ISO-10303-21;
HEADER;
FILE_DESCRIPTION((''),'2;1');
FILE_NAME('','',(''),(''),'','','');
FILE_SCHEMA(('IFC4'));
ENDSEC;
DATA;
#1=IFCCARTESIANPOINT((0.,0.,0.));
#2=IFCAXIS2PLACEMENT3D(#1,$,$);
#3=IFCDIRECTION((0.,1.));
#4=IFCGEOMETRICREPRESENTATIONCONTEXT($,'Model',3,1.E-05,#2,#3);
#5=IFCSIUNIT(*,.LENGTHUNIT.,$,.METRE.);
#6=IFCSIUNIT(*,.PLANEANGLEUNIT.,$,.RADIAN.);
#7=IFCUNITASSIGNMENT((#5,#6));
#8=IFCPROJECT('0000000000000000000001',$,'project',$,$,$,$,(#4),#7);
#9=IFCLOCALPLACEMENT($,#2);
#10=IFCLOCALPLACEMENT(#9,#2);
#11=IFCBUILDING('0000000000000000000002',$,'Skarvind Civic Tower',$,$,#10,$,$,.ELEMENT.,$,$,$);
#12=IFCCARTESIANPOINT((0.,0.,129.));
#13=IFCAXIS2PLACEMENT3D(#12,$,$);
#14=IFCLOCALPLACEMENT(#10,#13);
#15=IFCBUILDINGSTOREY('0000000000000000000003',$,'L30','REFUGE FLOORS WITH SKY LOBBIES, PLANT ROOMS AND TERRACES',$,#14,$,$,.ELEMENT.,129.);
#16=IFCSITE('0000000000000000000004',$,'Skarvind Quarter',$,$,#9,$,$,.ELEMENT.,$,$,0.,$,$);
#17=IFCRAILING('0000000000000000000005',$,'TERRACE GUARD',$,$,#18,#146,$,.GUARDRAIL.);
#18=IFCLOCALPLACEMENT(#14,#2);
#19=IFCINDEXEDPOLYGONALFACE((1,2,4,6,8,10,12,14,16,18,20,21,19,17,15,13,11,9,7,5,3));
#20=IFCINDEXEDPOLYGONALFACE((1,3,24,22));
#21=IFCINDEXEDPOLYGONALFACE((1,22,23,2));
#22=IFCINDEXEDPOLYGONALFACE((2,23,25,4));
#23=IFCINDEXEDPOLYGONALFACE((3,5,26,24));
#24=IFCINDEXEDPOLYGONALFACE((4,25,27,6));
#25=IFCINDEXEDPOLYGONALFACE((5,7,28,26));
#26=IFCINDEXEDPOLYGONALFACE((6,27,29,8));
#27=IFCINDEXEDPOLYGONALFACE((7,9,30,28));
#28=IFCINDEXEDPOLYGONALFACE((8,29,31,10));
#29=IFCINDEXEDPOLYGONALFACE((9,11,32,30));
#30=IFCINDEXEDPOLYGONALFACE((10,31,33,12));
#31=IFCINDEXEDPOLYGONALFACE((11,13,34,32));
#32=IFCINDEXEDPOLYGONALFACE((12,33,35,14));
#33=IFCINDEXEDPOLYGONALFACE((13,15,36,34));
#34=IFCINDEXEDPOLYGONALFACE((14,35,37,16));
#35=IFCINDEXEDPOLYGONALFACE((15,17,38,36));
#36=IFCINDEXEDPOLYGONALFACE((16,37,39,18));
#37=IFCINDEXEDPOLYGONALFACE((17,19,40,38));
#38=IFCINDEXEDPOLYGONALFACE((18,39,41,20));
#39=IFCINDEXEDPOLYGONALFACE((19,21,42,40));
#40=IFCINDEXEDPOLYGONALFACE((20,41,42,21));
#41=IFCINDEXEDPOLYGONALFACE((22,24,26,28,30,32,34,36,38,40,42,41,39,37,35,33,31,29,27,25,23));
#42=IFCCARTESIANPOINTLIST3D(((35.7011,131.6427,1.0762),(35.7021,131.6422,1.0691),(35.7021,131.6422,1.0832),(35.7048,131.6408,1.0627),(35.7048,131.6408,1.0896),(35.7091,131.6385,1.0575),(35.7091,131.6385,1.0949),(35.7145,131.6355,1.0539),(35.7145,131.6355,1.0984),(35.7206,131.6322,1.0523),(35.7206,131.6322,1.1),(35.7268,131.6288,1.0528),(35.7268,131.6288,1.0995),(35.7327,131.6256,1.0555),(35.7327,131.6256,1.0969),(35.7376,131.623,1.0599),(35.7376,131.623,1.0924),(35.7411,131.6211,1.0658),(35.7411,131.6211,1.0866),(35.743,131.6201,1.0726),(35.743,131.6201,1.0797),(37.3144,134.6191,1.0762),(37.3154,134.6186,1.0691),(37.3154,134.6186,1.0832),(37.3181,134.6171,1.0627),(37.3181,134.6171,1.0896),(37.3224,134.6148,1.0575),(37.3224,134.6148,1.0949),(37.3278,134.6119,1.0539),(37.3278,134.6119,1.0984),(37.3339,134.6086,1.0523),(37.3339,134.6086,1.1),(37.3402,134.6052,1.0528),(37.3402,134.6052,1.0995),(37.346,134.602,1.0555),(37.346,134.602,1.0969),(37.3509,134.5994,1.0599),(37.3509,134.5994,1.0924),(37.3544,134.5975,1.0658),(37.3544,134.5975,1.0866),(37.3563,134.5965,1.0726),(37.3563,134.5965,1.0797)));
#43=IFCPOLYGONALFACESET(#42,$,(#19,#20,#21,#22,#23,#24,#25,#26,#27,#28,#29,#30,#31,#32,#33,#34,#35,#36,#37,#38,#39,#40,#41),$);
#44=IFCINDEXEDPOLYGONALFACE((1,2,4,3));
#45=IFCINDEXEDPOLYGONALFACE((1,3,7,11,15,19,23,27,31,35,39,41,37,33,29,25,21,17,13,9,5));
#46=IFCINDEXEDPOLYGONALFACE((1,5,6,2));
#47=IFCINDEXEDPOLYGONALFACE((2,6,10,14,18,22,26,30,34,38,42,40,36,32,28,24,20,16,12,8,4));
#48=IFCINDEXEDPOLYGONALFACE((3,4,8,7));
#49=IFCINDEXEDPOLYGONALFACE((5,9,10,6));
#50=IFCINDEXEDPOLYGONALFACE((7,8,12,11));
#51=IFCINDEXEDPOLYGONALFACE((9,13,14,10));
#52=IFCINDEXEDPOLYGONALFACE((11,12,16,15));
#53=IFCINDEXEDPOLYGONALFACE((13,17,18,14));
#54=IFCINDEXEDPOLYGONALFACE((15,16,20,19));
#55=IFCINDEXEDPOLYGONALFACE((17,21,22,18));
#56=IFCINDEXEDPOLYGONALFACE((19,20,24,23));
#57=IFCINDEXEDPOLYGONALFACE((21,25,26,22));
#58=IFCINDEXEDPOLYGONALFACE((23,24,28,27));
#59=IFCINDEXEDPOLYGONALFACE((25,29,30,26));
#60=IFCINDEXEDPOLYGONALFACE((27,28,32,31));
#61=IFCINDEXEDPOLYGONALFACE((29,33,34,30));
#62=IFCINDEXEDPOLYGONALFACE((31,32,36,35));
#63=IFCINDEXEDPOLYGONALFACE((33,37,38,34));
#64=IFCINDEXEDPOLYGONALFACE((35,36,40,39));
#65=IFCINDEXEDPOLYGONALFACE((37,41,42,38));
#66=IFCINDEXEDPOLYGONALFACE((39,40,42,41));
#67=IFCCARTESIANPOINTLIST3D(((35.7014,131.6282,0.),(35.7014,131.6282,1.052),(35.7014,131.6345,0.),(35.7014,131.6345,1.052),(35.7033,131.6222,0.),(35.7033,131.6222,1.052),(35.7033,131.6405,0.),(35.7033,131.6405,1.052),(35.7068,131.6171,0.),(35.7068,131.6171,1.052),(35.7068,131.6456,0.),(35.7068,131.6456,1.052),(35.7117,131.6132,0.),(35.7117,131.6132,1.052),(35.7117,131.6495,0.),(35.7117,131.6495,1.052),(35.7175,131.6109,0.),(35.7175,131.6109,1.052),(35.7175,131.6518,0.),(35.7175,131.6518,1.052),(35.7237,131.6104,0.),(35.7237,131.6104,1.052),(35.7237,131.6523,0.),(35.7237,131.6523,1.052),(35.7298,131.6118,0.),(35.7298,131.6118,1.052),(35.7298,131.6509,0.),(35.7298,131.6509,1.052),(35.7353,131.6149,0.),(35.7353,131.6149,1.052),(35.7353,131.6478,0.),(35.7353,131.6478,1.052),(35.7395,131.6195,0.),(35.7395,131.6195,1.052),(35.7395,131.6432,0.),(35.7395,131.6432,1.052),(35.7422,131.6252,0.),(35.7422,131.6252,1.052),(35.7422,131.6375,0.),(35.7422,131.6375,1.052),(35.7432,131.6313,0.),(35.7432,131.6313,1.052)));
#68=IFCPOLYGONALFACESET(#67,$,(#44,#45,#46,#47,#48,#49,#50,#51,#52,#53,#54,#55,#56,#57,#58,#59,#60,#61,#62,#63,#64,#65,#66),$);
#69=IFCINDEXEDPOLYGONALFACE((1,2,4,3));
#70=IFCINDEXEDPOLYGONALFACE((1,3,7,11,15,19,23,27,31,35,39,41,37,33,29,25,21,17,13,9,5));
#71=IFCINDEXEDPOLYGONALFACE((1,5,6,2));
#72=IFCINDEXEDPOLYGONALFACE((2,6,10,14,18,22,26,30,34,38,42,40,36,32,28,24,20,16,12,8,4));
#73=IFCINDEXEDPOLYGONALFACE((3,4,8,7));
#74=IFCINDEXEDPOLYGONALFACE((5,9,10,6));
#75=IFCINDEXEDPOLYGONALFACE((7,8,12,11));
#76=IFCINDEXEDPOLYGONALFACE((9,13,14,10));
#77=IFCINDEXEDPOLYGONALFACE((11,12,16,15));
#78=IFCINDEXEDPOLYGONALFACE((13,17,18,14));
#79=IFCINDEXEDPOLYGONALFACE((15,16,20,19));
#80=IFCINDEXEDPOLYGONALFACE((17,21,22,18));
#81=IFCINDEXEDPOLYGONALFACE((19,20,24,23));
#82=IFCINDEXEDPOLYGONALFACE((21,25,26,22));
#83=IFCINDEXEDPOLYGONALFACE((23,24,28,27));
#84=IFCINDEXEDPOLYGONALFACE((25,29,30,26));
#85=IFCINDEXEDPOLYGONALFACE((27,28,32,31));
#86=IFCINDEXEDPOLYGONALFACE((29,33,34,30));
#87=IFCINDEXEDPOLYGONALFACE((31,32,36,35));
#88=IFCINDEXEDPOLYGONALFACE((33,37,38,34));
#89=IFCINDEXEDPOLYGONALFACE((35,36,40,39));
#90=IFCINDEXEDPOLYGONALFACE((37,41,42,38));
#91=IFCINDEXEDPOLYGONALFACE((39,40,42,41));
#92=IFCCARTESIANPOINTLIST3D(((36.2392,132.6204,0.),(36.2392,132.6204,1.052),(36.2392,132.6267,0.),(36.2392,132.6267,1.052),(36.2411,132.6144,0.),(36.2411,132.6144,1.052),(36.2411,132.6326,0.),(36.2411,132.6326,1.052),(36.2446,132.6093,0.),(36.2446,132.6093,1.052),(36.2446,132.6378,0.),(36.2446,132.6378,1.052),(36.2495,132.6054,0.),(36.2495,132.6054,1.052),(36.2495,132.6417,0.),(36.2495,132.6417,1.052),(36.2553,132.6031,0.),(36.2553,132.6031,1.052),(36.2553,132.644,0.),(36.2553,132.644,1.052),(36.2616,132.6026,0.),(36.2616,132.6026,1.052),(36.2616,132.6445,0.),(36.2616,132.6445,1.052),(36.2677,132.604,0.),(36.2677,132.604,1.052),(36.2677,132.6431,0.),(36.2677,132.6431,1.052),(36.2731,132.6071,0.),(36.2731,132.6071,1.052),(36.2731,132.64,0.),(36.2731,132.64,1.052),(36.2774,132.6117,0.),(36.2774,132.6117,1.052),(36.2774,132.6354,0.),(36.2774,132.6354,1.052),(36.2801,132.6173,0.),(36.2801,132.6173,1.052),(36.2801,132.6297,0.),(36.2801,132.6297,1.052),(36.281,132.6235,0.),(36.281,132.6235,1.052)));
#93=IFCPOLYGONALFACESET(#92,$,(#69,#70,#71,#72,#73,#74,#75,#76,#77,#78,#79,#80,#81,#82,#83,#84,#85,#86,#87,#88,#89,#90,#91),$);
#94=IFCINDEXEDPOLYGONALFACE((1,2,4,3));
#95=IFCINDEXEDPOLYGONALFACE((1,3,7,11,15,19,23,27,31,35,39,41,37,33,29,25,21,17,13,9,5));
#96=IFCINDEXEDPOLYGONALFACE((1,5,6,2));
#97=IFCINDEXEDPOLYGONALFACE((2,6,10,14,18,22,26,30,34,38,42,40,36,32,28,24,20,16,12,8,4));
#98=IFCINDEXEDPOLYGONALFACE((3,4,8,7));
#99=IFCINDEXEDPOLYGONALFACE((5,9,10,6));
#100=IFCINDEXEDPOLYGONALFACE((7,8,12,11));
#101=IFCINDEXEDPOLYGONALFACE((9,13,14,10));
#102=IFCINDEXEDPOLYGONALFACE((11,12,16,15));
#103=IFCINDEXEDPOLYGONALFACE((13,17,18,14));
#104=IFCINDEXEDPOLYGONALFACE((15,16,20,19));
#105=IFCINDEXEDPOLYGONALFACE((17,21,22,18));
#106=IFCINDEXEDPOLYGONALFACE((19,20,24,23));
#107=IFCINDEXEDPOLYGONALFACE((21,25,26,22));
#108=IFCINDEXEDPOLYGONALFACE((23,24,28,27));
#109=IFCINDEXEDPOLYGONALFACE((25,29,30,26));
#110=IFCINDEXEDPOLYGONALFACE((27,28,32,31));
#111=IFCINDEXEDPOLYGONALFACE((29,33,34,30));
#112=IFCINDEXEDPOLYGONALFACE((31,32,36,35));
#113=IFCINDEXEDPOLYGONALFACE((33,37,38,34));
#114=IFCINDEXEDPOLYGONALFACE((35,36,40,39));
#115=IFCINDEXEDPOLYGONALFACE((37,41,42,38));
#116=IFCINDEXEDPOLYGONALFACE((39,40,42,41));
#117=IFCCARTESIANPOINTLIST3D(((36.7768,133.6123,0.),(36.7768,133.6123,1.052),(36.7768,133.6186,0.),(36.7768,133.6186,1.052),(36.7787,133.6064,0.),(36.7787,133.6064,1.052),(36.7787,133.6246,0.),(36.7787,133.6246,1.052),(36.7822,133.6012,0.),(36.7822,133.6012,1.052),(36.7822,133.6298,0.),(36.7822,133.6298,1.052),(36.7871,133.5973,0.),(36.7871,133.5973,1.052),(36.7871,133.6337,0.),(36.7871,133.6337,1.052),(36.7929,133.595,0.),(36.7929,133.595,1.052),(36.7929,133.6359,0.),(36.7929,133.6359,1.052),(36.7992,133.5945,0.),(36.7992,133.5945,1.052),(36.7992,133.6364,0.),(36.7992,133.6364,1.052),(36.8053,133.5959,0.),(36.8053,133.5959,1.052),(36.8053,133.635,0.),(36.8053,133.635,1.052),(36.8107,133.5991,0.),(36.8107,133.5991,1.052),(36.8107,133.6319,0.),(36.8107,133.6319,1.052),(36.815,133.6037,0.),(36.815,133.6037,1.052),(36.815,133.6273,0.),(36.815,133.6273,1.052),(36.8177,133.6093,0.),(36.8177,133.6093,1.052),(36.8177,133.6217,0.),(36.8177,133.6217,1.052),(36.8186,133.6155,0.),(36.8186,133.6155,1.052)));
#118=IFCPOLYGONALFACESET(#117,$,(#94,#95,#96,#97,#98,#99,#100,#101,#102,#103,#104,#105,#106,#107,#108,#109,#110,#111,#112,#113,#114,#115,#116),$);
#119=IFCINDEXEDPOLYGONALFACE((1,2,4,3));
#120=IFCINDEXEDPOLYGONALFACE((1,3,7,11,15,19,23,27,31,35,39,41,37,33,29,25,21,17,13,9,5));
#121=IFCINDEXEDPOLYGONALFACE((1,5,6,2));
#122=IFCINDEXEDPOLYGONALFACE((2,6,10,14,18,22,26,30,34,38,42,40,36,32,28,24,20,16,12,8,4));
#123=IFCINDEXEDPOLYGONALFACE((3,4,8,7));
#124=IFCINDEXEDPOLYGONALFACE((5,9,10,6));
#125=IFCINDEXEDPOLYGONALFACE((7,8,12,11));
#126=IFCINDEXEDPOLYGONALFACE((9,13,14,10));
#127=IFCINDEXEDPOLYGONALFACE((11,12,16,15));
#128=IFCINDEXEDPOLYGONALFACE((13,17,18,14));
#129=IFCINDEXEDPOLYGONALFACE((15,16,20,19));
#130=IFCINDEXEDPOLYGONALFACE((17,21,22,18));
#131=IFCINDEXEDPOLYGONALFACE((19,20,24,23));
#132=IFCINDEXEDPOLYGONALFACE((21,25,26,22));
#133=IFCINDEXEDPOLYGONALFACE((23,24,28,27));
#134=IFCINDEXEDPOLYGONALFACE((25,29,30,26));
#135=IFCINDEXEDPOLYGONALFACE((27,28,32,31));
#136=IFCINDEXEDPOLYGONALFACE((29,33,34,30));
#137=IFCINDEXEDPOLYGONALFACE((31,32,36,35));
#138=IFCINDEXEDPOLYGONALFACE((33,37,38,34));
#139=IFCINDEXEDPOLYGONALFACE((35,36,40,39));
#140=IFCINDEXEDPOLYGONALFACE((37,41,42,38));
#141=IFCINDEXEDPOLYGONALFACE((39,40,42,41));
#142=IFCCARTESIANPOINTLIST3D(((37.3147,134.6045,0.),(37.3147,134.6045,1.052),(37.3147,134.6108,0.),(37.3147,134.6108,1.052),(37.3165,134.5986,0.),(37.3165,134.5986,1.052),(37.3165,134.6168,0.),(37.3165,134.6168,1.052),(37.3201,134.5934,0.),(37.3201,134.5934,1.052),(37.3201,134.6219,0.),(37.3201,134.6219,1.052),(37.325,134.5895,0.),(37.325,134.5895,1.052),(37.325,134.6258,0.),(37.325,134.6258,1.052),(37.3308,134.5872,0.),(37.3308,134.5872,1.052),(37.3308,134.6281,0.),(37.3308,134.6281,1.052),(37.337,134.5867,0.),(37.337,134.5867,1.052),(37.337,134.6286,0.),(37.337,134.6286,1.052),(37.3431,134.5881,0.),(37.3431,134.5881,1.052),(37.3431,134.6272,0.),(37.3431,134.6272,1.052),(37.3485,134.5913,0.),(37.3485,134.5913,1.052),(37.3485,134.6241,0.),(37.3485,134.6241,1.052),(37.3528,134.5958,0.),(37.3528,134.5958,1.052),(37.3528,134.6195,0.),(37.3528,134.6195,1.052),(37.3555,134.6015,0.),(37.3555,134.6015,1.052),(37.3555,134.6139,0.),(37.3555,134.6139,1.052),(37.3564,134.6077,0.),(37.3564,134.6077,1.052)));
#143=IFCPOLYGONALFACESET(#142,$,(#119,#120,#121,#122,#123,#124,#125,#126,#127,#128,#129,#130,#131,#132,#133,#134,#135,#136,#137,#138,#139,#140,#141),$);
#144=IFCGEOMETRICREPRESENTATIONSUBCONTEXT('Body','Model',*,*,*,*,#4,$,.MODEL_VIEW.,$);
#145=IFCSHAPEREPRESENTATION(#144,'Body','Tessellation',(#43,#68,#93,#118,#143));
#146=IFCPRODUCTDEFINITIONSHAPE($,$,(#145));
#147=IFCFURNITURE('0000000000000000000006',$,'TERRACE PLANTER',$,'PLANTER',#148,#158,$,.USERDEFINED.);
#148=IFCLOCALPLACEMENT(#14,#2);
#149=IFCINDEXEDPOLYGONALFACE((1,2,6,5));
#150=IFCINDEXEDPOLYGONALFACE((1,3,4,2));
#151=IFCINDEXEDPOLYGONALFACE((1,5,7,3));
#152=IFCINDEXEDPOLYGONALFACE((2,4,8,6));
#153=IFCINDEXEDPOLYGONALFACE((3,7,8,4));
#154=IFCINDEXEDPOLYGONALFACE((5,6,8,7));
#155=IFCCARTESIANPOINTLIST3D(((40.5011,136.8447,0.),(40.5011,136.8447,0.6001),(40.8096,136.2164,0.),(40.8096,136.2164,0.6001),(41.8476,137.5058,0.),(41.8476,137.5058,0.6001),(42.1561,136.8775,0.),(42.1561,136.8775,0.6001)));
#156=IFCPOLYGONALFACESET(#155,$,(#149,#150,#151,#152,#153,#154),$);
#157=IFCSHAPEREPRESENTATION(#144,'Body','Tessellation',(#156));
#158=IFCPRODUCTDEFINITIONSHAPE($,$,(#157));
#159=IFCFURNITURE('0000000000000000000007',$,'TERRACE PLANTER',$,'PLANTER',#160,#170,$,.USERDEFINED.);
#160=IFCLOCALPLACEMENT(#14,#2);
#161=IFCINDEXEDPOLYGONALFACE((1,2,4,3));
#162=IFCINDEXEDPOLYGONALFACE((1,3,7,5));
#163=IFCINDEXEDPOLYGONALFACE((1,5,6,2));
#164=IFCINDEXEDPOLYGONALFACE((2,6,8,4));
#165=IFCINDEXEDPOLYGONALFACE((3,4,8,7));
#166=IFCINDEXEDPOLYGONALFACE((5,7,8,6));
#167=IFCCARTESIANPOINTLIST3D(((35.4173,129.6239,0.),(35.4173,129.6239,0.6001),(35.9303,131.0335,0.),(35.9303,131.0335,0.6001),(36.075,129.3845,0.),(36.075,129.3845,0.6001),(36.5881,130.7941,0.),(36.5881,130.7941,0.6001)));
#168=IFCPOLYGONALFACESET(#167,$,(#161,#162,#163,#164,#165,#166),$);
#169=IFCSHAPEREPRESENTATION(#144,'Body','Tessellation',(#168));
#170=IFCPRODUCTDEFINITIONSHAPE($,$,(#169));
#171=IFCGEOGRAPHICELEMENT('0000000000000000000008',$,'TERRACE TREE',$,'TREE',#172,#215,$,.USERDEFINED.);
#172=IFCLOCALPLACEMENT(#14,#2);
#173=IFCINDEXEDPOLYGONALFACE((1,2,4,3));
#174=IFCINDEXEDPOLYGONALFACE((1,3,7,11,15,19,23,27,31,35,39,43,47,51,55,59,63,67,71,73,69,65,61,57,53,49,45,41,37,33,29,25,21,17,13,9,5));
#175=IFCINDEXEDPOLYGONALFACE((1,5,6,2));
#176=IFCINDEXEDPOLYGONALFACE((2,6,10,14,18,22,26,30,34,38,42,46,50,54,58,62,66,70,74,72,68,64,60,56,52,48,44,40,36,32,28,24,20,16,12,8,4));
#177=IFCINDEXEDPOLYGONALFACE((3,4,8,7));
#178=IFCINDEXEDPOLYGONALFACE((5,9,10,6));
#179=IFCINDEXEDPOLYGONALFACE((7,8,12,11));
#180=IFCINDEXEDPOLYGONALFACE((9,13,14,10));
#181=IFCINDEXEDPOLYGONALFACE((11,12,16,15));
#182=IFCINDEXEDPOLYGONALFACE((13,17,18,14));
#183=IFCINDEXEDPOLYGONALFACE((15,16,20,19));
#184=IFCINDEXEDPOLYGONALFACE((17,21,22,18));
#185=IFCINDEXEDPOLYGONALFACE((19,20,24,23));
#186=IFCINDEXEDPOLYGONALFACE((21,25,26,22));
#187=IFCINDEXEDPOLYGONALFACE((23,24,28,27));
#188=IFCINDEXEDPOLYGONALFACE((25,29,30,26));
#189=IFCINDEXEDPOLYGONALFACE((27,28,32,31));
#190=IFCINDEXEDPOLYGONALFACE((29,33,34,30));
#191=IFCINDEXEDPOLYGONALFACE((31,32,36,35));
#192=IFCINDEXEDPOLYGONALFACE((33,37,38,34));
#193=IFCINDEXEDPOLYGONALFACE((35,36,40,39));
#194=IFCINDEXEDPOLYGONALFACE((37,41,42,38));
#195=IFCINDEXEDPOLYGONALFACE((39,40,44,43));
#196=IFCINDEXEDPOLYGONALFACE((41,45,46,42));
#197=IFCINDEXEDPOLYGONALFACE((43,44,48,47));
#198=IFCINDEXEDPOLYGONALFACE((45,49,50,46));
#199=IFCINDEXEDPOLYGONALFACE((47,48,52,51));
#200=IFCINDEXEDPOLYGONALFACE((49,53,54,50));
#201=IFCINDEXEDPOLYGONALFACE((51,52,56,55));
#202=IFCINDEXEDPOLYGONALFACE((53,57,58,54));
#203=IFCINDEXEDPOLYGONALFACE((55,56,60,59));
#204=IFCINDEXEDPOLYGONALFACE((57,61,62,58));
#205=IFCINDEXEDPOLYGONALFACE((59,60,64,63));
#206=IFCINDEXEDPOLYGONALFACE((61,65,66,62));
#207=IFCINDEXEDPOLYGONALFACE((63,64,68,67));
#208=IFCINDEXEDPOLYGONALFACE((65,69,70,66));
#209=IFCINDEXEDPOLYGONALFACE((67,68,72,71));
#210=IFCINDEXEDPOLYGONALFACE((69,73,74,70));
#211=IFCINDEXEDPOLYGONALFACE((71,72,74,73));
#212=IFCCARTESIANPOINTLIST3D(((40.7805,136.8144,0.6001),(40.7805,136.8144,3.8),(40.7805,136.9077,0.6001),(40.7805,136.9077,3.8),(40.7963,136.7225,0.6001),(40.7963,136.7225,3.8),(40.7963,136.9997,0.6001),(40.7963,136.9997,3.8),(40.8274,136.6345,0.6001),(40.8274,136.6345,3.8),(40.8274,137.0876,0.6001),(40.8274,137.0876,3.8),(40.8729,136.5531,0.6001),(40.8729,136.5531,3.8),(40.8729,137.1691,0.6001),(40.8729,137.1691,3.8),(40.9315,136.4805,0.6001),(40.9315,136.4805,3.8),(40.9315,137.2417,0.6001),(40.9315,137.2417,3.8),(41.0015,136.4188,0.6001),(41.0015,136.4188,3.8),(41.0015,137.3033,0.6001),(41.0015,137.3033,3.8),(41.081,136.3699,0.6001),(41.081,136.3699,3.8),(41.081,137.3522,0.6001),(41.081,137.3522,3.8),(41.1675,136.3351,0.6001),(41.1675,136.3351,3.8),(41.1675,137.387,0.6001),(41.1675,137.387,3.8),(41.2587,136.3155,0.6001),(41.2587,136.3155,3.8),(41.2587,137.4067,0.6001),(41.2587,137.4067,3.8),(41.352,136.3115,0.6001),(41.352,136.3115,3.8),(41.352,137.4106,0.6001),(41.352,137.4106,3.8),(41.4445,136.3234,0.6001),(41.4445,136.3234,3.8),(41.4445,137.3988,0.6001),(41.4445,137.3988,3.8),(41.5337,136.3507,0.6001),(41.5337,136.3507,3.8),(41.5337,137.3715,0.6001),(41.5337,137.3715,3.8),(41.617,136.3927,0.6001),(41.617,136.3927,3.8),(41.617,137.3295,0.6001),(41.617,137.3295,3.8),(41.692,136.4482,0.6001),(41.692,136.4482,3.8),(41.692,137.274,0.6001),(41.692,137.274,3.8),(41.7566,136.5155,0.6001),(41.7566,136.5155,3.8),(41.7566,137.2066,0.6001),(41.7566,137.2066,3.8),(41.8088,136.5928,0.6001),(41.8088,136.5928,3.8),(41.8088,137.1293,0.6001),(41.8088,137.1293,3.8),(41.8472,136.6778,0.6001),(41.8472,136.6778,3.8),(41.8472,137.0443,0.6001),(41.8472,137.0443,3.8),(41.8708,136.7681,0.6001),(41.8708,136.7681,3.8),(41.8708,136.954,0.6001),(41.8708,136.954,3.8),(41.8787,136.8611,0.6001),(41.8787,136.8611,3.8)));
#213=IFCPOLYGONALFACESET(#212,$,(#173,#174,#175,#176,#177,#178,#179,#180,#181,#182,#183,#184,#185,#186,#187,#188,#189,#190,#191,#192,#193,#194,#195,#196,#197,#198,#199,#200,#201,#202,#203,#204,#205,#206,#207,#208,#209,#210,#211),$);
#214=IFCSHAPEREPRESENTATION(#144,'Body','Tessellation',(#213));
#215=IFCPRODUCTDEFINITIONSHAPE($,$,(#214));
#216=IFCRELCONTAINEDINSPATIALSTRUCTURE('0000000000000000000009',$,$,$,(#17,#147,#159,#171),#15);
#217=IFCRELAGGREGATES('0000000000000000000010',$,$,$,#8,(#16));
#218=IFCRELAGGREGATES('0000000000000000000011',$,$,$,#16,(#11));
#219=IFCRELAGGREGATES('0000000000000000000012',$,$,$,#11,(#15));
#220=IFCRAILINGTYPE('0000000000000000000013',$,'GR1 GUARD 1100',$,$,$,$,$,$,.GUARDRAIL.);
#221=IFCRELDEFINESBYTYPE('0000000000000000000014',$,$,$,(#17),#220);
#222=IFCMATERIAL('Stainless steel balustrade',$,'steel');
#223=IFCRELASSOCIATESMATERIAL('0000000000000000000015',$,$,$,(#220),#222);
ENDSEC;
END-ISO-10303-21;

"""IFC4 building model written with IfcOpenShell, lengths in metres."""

from ifc_helpers import new_model, si_unit, direction, frame, origin, origin_2d, place, context, subcontext, project, spatial, rectangle, circle, extrude, material, type_object, element, save


model = new_model("IFC4")

# Units and contexts
model_context = context("Model", 3, precision=1e-05, world=origin(), true_north=direction((0.0, 1.0)))
body_context = subcontext(model_context, "Body", "Model", "MODEL_VIEW")
ifc_project = project(units=[si_unit("LENGTHUNIT", "METRE"), si_unit("PLANEANGLEUNIT", "RADIAN")], contexts=[model_context])

# Site, building, storey
site_placement = place(None, origin())
site = spatial("IfcSite", under=ifc_project, at=site_placement, Name="Skarvind Quarter", CompositionType="ELEMENT", RefElevation=0.0)
building_placement = place(site_placement, origin())
building = spatial("IfcBuilding", under=site, at=building_placement, Name="Skarvind Civic Tower", CompositionType="ELEMENT")
storey_placement = place(building_placement, frame((0.0, 0.0, 129.0)))
storey = spatial("IfcBuildingStorey", under=building, at=storey_placement, Name="L30", Description="REFUGE FLOORS WITH SKY LOBBIES, PLANT ROOMS AND TERRACES", CompositionType="ELEMENT", Elevation=129.0)

# Railing
ifc_material_1 = material(Name="Stainless steel balustrade", Category="steel")
railing_type = type_object("IfcRailingType", Name="GR1 GUARD 1100", PredefinedType="GUARDRAIL", material=ifc_material_1)
railing_1_placement = place(storey_placement, frame((35.7222, 131.6313, 0.0)))
element("IfcRailing", 1, at=railing_1_placement, inside=storey, type_object=railing_type, Name="TERRACE GUARD", PredefinedType="GUARDRAIL", context=body_context, shape_type="SweptSolid", body=[
    extrude(circle(Radius=0.0239, at=origin_2d()), frame((0.0, 0.0, 1.0762), z_axis=(0.476536, 0.879155, 0.0), x_axis=(-0.879155, 0.476536, 0.0)), (0.0, 0.0, 1.0), 3.3855),
    extrude(circle(Radius=0.021, at=origin_2d()), origin(), (0.0, 0.0, 1.0), 1.052),
    extrude(circle(Radius=0.021, at=origin_2d()), frame((0.5378, 0.9922, 0.0)), (0.0, 0.0, 1.0), 1.052),
    extrude(circle(Radius=0.021, at=origin_2d()), frame((1.0754, 1.9841, 0.0)), (0.0, 0.0, 1.0), 1.052),
    extrude(circle(Radius=0.021, at=origin_2d()), frame((1.6133, 2.9763, 0.0)), (0.0, 0.0, 1.0), 1.052),
])

# Furniture
for number, where, z_axis, x_axis, name in (
    (2, (41.3286, 136.8611, 0.0), (0.0, 0.0, 1.0), (0.897643, 0.440723, 0.0), "TERRACE PLANTER"),
    (3, (36.0027, 130.209, 0.0), (0.0, 0.0, 1.0), (0.34202, 0.939693, 0.0), "TERRACE PLANTER"),
):
    element("IfcFurniture", number, at=place(storey_placement, frame(where, z_axis=z_axis, x_axis=x_axis)), inside=storey, Name=name, ObjectType="PLANTER", PredefinedType="USERDEFINED", context=body_context, shape_type="SweptSolid", body=[
        extrude(rectangle(XDim=1.5, YDim=0.7, at=origin_2d()), origin(), (0.0, 0.0, 1.0), 0.6001),
    ])

# Geographic element
for number, where, z_axis, x_axis, name in (
    (4, (41.3286, 136.8611, 0.6001), (0.0, 0.0, 1.0), (1.0, 0.0, 0.0), "TERRACE TREE"),
):
    element("IfcGeographicElement", number, at=place(storey_placement, frame(where, z_axis=z_axis, x_axis=x_axis)), inside=storey, Name=name, ObjectType="TREE", PredefinedType="USERDEFINED", context=body_context, shape_type="SweptSolid", body=[
        extrude(circle(Radius=0.55, at=origin_2d()), origin(), (0.0, 0.0, 1.0), 3.2),
    ])

save(model, "model.ifc")
